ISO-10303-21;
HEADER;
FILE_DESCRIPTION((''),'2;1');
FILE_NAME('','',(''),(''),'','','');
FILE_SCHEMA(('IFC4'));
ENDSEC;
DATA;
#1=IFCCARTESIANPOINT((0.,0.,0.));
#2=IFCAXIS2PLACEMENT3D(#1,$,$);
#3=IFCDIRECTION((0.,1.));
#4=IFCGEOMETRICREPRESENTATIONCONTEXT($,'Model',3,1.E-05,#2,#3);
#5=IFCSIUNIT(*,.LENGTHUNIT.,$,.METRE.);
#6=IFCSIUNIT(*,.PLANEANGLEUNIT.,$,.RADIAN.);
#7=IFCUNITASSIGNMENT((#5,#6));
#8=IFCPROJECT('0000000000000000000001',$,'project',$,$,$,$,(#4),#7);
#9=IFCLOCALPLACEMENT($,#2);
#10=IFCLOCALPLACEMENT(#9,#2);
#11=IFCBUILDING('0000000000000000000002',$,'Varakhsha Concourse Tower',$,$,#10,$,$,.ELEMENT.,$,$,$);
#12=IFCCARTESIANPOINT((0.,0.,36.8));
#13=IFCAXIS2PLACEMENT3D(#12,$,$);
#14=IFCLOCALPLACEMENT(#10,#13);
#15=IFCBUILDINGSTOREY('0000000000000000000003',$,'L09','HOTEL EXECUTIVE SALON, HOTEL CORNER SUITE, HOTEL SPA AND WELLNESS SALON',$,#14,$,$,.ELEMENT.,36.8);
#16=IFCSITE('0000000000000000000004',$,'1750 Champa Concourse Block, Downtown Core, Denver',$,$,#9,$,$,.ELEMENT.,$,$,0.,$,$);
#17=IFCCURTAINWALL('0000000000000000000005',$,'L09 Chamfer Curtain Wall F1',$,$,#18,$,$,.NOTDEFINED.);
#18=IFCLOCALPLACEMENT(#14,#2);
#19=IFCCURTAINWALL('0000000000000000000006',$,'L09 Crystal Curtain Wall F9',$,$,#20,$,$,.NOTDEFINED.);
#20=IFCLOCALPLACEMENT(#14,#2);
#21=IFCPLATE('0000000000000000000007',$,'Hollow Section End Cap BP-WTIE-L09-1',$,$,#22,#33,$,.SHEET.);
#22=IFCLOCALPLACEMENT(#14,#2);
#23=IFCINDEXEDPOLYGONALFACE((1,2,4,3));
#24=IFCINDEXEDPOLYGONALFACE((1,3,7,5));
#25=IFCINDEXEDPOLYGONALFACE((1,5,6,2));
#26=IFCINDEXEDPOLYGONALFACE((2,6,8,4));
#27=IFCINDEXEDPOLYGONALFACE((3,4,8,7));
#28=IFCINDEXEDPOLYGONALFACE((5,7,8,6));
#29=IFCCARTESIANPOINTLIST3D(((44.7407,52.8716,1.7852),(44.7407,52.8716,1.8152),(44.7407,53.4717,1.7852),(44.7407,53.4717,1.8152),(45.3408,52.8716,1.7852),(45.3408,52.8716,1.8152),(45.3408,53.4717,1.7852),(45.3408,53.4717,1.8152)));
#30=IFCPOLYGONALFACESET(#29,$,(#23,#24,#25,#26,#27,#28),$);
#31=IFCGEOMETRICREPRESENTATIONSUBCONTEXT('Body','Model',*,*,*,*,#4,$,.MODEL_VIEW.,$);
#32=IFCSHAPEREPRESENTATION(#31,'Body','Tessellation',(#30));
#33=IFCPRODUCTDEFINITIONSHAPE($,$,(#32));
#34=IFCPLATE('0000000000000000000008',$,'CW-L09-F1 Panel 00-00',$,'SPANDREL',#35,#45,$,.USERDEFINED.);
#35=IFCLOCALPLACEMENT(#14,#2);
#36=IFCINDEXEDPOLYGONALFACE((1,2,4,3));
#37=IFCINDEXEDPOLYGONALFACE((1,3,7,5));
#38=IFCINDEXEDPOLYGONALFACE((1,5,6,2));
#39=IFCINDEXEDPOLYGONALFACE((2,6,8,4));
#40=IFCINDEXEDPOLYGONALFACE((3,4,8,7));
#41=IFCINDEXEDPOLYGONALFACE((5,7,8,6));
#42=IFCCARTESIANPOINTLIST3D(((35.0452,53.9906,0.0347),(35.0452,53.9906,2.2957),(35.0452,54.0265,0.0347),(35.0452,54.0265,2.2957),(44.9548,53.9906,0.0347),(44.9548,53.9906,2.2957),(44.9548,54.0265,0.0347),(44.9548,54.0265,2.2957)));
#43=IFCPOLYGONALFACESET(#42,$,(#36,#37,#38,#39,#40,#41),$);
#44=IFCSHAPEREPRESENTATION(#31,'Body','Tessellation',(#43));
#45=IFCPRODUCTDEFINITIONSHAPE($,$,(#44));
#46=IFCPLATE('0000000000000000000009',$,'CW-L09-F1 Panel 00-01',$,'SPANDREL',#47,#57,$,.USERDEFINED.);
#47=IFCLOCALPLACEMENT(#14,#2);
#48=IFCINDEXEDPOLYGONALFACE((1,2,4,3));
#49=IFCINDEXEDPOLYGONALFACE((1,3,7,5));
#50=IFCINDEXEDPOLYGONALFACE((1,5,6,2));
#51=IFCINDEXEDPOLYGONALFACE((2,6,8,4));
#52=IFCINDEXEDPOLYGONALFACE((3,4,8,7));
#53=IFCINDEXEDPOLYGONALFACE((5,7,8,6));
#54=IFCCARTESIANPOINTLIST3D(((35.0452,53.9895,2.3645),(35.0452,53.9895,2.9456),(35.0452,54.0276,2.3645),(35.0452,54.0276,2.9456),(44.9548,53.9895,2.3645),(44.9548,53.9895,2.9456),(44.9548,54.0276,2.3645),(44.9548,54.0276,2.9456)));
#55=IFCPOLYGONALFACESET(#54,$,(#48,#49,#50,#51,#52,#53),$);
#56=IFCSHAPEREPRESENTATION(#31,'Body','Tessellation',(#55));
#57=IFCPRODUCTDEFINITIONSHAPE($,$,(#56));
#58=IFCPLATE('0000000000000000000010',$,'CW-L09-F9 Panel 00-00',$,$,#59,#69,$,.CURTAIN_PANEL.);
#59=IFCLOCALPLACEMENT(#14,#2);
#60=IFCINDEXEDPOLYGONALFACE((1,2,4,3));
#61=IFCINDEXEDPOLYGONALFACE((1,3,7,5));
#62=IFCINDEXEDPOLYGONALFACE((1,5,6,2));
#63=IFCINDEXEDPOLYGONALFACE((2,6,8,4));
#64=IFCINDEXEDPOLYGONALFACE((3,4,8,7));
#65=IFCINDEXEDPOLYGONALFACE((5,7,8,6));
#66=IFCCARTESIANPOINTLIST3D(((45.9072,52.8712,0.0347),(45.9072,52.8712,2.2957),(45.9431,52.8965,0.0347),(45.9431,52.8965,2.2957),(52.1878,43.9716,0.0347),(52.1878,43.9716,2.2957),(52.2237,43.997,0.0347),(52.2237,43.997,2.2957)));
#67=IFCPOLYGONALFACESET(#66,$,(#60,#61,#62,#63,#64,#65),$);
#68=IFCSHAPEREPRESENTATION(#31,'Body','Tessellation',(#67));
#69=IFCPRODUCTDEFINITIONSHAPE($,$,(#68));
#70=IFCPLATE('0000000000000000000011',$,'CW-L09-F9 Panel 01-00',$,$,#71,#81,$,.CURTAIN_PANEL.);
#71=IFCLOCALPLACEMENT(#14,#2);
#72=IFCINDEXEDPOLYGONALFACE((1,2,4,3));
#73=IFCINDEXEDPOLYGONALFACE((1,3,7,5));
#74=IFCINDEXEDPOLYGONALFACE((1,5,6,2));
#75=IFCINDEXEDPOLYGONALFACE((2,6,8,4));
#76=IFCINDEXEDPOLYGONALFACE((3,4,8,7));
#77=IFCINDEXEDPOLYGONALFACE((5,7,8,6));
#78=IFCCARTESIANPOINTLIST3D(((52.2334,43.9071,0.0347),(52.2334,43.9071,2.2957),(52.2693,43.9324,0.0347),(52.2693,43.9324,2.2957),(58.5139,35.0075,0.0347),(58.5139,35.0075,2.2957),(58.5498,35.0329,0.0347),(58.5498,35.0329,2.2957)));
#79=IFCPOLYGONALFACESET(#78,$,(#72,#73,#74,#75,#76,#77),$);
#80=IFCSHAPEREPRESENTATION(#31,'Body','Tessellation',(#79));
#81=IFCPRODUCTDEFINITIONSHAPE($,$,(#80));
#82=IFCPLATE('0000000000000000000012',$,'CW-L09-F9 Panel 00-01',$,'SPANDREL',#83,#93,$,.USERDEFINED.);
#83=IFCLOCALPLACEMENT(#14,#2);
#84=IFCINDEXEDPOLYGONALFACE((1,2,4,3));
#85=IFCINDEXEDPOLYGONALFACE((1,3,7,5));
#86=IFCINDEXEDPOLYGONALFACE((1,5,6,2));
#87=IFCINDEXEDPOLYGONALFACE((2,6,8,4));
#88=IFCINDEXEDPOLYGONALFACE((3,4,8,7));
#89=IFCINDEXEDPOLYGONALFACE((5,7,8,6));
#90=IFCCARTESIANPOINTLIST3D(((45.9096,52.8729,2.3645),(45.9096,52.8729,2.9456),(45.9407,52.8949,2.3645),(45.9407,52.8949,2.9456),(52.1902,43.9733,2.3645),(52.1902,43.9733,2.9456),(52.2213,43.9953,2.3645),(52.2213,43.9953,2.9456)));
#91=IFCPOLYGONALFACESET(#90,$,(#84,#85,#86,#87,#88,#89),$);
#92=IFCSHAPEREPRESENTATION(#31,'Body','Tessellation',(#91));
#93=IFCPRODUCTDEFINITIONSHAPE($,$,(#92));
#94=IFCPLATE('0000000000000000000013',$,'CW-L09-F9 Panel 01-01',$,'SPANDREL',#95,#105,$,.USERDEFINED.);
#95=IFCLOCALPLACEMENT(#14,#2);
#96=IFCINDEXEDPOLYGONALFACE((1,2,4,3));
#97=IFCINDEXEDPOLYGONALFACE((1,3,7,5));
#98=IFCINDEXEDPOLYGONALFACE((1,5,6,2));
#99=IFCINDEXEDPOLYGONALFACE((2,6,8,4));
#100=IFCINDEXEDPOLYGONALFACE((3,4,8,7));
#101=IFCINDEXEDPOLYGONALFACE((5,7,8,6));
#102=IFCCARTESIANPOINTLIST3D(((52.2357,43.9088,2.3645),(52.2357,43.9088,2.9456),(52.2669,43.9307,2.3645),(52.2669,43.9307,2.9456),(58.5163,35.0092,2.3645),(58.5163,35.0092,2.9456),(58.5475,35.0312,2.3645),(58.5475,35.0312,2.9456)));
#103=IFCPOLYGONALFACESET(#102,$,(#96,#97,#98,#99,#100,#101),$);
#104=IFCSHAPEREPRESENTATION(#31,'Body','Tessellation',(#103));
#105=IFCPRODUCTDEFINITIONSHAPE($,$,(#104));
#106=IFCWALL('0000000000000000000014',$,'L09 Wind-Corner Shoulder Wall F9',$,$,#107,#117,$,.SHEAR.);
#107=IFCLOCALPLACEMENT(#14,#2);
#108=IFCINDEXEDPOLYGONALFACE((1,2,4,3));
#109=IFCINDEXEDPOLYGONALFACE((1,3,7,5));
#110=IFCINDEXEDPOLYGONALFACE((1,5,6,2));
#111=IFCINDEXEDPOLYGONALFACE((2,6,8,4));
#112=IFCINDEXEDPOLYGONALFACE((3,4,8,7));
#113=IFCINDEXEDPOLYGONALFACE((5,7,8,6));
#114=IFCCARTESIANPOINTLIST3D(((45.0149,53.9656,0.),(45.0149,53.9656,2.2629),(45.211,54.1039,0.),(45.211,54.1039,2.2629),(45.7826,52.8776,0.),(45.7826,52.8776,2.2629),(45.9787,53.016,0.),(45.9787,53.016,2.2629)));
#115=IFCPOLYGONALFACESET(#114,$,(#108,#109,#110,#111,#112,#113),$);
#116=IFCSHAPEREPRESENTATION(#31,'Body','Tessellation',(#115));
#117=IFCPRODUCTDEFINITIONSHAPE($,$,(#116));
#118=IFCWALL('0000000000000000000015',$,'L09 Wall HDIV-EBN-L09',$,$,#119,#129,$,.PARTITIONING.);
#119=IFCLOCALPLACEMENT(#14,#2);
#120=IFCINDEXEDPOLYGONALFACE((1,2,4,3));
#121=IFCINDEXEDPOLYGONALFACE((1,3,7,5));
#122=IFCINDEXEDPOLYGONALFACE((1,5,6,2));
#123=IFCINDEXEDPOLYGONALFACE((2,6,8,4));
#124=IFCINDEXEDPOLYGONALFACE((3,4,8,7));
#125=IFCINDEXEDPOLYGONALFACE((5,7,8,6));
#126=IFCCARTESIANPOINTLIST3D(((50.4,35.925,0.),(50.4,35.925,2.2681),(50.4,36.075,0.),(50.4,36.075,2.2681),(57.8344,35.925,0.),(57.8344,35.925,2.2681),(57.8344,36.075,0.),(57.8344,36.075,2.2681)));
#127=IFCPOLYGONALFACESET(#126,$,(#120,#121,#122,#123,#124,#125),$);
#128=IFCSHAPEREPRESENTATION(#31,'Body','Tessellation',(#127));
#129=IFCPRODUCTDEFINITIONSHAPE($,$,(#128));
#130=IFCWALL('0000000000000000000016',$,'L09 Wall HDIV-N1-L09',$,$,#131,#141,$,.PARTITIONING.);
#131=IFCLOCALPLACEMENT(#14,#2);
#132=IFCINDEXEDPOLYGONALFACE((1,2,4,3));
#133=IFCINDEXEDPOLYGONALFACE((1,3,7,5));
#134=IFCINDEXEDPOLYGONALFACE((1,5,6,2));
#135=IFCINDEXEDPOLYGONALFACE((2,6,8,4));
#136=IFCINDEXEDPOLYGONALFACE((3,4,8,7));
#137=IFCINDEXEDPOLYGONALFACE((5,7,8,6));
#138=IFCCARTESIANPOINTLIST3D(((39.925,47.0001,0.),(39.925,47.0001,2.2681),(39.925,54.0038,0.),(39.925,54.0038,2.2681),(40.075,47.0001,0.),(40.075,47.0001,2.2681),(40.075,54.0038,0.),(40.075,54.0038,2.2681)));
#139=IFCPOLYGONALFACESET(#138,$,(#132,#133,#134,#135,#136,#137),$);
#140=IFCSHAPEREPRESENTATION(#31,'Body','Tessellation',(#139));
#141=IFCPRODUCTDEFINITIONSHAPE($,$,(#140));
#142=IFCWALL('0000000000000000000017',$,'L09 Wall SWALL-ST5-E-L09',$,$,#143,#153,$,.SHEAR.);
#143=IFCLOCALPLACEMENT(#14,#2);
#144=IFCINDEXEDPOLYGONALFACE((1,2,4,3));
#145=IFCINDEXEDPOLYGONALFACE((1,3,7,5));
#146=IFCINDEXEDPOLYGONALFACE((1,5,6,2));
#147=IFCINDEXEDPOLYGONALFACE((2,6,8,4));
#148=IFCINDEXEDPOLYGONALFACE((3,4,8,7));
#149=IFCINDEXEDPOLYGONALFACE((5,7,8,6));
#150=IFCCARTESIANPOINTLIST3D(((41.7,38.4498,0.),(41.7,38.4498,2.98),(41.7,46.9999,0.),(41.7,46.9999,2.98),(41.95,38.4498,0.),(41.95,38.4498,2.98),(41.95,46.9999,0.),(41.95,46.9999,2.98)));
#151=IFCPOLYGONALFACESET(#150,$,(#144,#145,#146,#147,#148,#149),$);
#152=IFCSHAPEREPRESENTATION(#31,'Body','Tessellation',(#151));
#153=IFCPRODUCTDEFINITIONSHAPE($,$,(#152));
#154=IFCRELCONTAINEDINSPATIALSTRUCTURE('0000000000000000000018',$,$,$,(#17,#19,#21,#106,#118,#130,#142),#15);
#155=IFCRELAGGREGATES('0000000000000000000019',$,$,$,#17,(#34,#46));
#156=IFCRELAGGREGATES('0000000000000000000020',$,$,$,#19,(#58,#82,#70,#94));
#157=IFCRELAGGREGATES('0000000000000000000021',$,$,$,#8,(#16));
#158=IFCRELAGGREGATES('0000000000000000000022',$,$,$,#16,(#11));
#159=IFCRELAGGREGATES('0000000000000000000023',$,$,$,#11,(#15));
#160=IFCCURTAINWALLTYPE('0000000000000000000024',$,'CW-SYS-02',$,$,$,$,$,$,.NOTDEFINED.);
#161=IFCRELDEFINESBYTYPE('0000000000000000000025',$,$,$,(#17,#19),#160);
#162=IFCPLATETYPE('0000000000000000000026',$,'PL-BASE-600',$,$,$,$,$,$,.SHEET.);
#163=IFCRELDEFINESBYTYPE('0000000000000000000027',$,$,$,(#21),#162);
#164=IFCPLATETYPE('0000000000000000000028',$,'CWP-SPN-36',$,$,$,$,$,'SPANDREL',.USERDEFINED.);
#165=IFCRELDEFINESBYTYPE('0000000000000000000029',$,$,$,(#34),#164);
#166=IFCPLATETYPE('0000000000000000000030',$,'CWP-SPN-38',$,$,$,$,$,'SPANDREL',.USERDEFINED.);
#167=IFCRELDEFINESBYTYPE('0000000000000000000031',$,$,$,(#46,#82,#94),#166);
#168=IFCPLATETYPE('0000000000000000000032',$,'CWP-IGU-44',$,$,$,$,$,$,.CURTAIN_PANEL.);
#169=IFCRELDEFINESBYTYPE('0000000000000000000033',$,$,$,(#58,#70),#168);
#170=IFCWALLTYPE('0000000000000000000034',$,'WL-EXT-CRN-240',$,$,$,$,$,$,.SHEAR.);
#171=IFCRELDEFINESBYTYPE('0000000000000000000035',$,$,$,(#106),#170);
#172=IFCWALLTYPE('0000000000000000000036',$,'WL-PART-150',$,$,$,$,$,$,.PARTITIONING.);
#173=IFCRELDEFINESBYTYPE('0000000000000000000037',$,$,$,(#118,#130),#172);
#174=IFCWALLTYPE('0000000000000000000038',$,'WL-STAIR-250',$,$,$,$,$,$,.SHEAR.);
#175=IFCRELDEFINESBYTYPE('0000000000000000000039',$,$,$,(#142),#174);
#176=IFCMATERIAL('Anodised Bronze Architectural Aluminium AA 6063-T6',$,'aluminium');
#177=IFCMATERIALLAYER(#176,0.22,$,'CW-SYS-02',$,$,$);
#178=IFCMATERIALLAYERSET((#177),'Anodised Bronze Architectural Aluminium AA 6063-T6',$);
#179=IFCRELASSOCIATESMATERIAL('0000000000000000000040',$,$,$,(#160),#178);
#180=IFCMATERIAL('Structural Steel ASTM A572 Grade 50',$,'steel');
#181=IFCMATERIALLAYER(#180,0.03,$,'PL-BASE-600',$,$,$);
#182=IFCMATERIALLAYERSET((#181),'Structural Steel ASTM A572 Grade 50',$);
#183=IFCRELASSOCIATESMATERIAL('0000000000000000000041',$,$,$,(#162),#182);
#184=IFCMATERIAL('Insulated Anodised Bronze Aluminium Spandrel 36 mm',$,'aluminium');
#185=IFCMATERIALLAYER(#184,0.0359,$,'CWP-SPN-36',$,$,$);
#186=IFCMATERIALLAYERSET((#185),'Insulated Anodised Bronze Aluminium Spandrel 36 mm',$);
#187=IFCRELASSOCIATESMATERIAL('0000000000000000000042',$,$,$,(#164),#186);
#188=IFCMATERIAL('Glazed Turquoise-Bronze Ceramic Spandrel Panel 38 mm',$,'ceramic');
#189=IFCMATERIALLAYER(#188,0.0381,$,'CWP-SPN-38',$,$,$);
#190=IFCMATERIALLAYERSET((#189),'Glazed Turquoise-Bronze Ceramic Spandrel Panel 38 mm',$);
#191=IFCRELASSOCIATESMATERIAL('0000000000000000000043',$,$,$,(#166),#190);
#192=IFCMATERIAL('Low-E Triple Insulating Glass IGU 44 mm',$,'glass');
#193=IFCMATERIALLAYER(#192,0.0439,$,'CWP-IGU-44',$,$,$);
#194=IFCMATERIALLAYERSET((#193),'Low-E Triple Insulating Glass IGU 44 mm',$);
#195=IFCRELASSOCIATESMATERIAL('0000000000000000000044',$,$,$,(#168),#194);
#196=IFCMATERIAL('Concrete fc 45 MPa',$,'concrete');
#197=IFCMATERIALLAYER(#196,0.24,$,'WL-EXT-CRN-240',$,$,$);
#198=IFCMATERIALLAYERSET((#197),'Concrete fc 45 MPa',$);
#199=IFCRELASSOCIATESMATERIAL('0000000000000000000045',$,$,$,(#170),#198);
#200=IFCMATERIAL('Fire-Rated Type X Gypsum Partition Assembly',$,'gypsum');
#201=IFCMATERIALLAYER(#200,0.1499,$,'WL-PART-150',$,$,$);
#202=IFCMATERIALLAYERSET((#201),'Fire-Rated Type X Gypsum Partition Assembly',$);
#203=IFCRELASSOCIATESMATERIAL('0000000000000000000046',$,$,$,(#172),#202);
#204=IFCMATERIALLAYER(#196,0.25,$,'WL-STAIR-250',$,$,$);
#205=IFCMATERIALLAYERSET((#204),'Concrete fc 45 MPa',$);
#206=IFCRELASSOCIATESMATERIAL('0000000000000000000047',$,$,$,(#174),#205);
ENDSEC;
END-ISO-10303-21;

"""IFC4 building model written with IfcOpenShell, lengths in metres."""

from ifc_helpers import new_model, si_unit, direction, frame, frame_2d, origin, origin_2d, place, context, subcontext, project, spatial, rectangle, extrude, source, transform, mapped, material, layer, layer_set, type_object, type_shapes, element, aggregate, save


model = new_model("IFC4")

# Units and contexts
model_context = context("Model", 3, precision=1e-05, world=origin(), true_north=direction((0.0, 1.0)))
body_context = subcontext(model_context, "Body", "Model", "MODEL_VIEW")
ifc_project = project(units=[si_unit("LENGTHUNIT", "METRE"), si_unit("PLANEANGLEUNIT", "RADIAN")], contexts=[model_context])

# Site, building, storey
site_placement = place(None, origin())
site = spatial("IfcSite", under=ifc_project, at=site_placement, Name="1750 Champa Concourse Block, Downtown Core, Denver", CompositionType="ELEMENT", RefElevation=0.0)
building_placement = place(site_placement, origin())
building = spatial("IfcBuilding", under=site, at=building_placement, Name="Varakhsha Concourse Tower", CompositionType="ELEMENT")
storey_placement = place(building_placement, frame((0.0, 0.0, 36.8)))
storey = spatial("IfcBuildingStorey", under=building, at=storey_placement, Name="L09", Description="HOTEL EXECUTIVE SALON, HOTEL CORNER SUITE, HOTEL SPA AND WELLNESS SALON", CompositionType="ELEMENT", Elevation=36.8)

# Shared definitions
ifc_material_1 = material(Name="Structural Steel ASTM A572 Grade 50", Category="steel")

# Curtain wall
ifc_material_2 = material(Name="Anodised Bronze Architectural Aluminium AA 6063-T6", Category="aluminium")
ifc_layer_1 = layer(ifc_material_2, 0.22, Name="CW-SYS-02")
ifc_layer_set_1 = layer_set([ifc_layer_1], Name="Anodised Bronze Architectural Aluminium AA 6063-T6")
curtain_wall_type = type_object("IfcCurtainWallType", Name="CW-SYS-02", PredefinedType="NOTDEFINED", material=ifc_layer_set_1)
curtain_wall_1_placement = place(storey_placement, origin())
curtain_wall_1 = element("IfcCurtainWall", 1, at=curtain_wall_1_placement, inside=storey, type_object=curtain_wall_type, Name="L09 Chamfer Curtain Wall F1", PredefinedType="NOTDEFINED")

# Curtain wall
curtain_wall_2_placement = place(storey_placement, origin())
curtain_wall_2 = element("IfcCurtainWall", 2, at=curtain_wall_2_placement, inside=storey, type_object=curtain_wall_type, Name="L09 Crystal Curtain Wall F9", PredefinedType="NOTDEFINED")

# Plate
ifc_layer_2 = layer(ifc_material_1, 0.03, Name="PL-BASE-600")
ifc_layer_set_2 = layer_set([ifc_layer_2], Name="Structural Steel ASTM A572 Grade 50")
plate_type_1 = type_object("IfcPlateType", Name="PL-BASE-600", PredefinedType="SHEET", material=ifc_layer_set_2)
shared_shape_1 = source(origin(), body_context, "Body", "SweptSolid", [
    extrude(rectangle(XDim=0.6001, YDim=0.6001, at=origin_2d()), origin(), (0.0, 0.0, 1.0), 0.03),
])
type_shapes(plate_type_1, [shared_shape_1])
plate_1_placement = place(storey_placement, frame((45.0408, 53.1716, 1.7852), z_axis=(0.0, 0.0, 1.0), x_axis=(1.0, 0.0, 0.0)))
element("IfcPlate", 3, at=plate_1_placement, inside=storey, type_object=plate_type_1, Name="Hollow Section End Cap BP-WTIE-L09-1", PredefinedType="SHEET", context=body_context, shape_type="MappedRepresentation", body=[
    mapped(shared_shape_1, transform((0.0, 0.0, 0.0), scale=1.0)),
])

# Plates
ifc_material_3 = material(Name="Insulated Anodised Bronze Aluminium Spandrel 36 mm", Category="aluminium")
ifc_layer_3 = layer(ifc_material_3, 0.0359, Name="CWP-SPN-36")
ifc_layer_set_3 = layer_set([ifc_layer_3], Name="Insulated Anodised Bronze Aluminium Spandrel 36 mm")
plate_type_2 = type_object("IfcPlateType", Name="CWP-SPN-36", ElementType="SPANDREL", PredefinedType="USERDEFINED", material=ifc_layer_set_3)
shared_shape_2 = source(origin(), body_context, "Body", "SweptSolid", [
    extrude(rectangle(XDim=9.9097, YDim=0.0359, at=origin_2d()), origin(), (0.0, 0.0, 1.0), 2.261),
])
type_shapes(plate_type_2, [shared_shape_2])
plate_2_placement = place(storey_placement, frame((40.0, 54.0085, 0.0347), z_axis=(0.0, 0.0, 1.0), x_axis=(1.0, 0.0, 0.0)))
plate_2 = element("IfcPlate", 4, at=plate_2_placement, type_object=plate_type_2, Name="CW-L09-F1 Panel 00-00", ObjectType="SPANDREL", PredefinedType="USERDEFINED", context=body_context, shape_type="MappedRepresentation", body=[
    mapped(shared_shape_2, transform((0.0, 0.0, 0.0), scale=1.0)),
])
ifc_material_4 = material(Name="Glazed Turquoise-Bronze Ceramic Spandrel Panel 38 mm", Category="ceramic")
ifc_layer_4 = layer(ifc_material_4, 0.0381, Name="CWP-SPN-38")
ifc_layer_set_4 = layer_set([ifc_layer_4], Name="Glazed Turquoise-Bronze Ceramic Spandrel Panel 38 mm")
plate_type_3 = type_object("IfcPlateType", Name="CWP-SPN-38", ElementType="SPANDREL", PredefinedType="USERDEFINED", material=ifc_layer_set_4)
shared_shape_3 = source(origin(), body_context, "Body", "SweptSolid", [
    extrude(rectangle(XDim=9.9097, YDim=0.0381, at=origin_2d()), origin(), (0.0, 0.0, 1.0), 0.5811),
])
plate_3_placement = place(storey_placement, frame((40.0, 54.0085, 2.3645), z_axis=(0.0, 0.0, 1.0), x_axis=(1.0, 0.0, 0.0)))
plate_3 = element("IfcPlate", 5, at=plate_3_placement, type_object=plate_type_3, Name="CW-L09-F1 Panel 00-01", ObjectType="SPANDREL", PredefinedType="USERDEFINED", context=body_context, shape_type="MappedRepresentation", body=[
    mapped(shared_shape_3, transform((0.0, 0.0, 0.0), scale=1.0)),
])
aggregate(curtain_wall_1, [plate_2, plate_3])
ifc_material_5 = material(Name="Low-E Triple Insulating Glass IGU 44 mm", Category="glass")
ifc_layer_5 = layer(ifc_material_5, 0.0439, Name="CWP-IGU-44")
ifc_layer_set_5 = layer_set([ifc_layer_5], Name="Low-E Triple Insulating Glass IGU 44 mm")
plate_type_4 = type_object("IfcPlateType", Name="CWP-IGU-44", PredefinedType="CURTAIN_PANEL", material=ifc_layer_set_5)
shared_shape_4 = source(origin(), body_context, "Body", "SweptSolid", [
    extrude(rectangle(XDim=10.8926, YDim=0.0439, at=origin_2d()), origin(), (0.0, 0.0, 1.0), 2.261),
])
type_shapes(plate_type_4, [shared_shape_4])
plate_4_placement = place(storey_placement, frame((49.0654, 48.4341, 0.0347), z_axis=(0.0, 0.0, 1.0), x_axis=(0.576593, -0.817031, 0.0)))
plate_4 = element("IfcPlate", 6, at=plate_4_placement, type_object=plate_type_4, Name="CW-L09-F9 Panel 00-00", PredefinedType="CURTAIN_PANEL", context=body_context, shape_type="MappedRepresentation", body=[
    mapped(shared_shape_4, transform((0.0, 0.0, 0.0), scale=1.0)),
])
plate_5_placement = place(storey_placement, frame((55.3916, 39.47, 0.0347), z_axis=(0.0, 0.0, 1.0), x_axis=(0.576593, -0.817031, 0.0)))
plate_5 = element("IfcPlate", 7, at=plate_5_placement, type_object=plate_type_4, Name="CW-L09-F9 Panel 01-00", PredefinedType="CURTAIN_PANEL", context=body_context, shape_type="MappedRepresentation", body=[
    mapped(shared_shape_4, transform((0.0, 0.0, 0.0), scale=1.0)),
])
shared_shape_5 = source(origin(), body_context, "Body", "SweptSolid", [
    extrude(rectangle(XDim=10.8926, YDim=0.0381, at=origin_2d()), origin(), (0.0, 0.0, 1.0), 0.5811),
])
type_shapes(plate_type_3, [shared_shape_3, shared_shape_5])
plate_6_placement = place(storey_placement, frame((49.0654, 48.4341, 2.3645), z_axis=(0.0, 0.0, 1.0), x_axis=(0.576593, -0.817031, 0.0)))
plate_6 = element("IfcPlate", 8, at=plate_6_placement, type_object=plate_type_3, Name="CW-L09-F9 Panel 00-01", ObjectType="SPANDREL", PredefinedType="USERDEFINED", context=body_context, shape_type="MappedRepresentation", body=[
    mapped(shared_shape_5, transform((0.0, 0.0, 0.0), scale=1.0)),
])
plate_7_placement = place(storey_placement, frame((55.3916, 39.47, 2.3645), z_axis=(0.0, 0.0, 1.0), x_axis=(0.576593, -0.817031, 0.0)))
plate_7 = element("IfcPlate", 9, at=plate_7_placement, type_object=plate_type_3, Name="CW-L09-F9 Panel 01-01", ObjectType="SPANDREL", PredefinedType="USERDEFINED", context=body_context, shape_type="MappedRepresentation", body=[
    mapped(shared_shape_5, transform((0.0, 0.0, 0.0), scale=1.0)),
])
aggregate(curtain_wall_2, [plate_4, plate_6, plate_5, plate_7])

# Walls
ifc_material_6 = material(Name="Concrete fc 45 MPa", Category="concrete")
ifc_layer_6 = layer(ifc_material_6, 0.24, Name="WL-EXT-CRN-240")
ifc_layer_set_6 = layer_set([ifc_layer_6], Name="Concrete fc 45 MPa")
wall_type_1 = type_object("IfcWallType", Name="WL-EXT-CRN-240", PredefinedType="SHEAR", material=ifc_layer_set_6)
wall_1_placement = place(storey_placement, frame((45.8806, 52.9468, 0.0), z_axis=(0.0, 0.0, 1.0), x_axis=(-0.57651, 0.81709, 0.0)))
element("IfcWall", 10, at=wall_1_placement, inside=storey, type_object=wall_type_1, Name="L09 Wind-Corner Shoulder Wall F9", PredefinedType="SHEAR", context=body_context, shape_type="SweptSolid", body=[
    extrude(rectangle(XDim=1.3315, YDim=0.24, at=frame_2d((0.6658, 0.0))), origin(), (0.0, 0.0, 1.0), 2.2629),
])
ifc_material_7 = material(Name="Fire-Rated Type X Gypsum Partition Assembly", Category="gypsum")
ifc_layer_7 = layer(ifc_material_7, 0.1499, Name="WL-PART-150")
ifc_layer_set_7 = layer_set([ifc_layer_7], Name="Fire-Rated Type X Gypsum Partition Assembly")
wall_type_2 = type_object("IfcWallType", Name="WL-PART-150", PredefinedType="PARTITIONING", material=ifc_layer_set_7)
wall_2_placement = place(storey_placement, frame((50.3999, 36.0, 0.0), z_axis=(0.0, 0.0, 1.0), x_axis=(1.0, 0.0, 0.0)))
element("IfcWall", 11, at=wall_2_placement, inside=storey, type_object=wall_type_2, Name="L09 Wall HDIV-EBN-L09", PredefinedType="PARTITIONING", context=body_context, shape_type="SweptSolid", body=[
    extrude(rectangle(XDim=7.4343, YDim=0.1499, at=frame_2d((3.7173, 0.0))), origin(), (0.0, 0.0, 1.0), 2.2681),
])
wall_3_placement = place(storey_placement, frame((40.0, 47.0, 0.0), z_axis=(0.0, 0.0, 1.0), x_axis=(0.0, 1.0, 0.0)))
element("IfcWall", 12, at=wall_3_placement, inside=storey, type_object=wall_type_2, Name="L09 Wall HDIV-N1-L09", PredefinedType="PARTITIONING", context=body_context, shape_type="SweptSolid", body=[
    extrude(rectangle(XDim=7.0037, YDim=0.1499, at=frame_2d((3.502, 0.0))), origin(), (0.0, 0.0, 1.0), 2.2681),
])
ifc_layer_8 = layer(ifc_material_6, 0.25, Name="WL-STAIR-250")
ifc_layer_set_8 = layer_set([ifc_layer_8], Name="Concrete fc 45 MPa")
wall_type_3 = type_object("IfcWallType", Name="WL-STAIR-250", PredefinedType="SHEAR", material=ifc_layer_set_8)
wall_4_placement = place(storey_placement, frame((41.825, 38.45, 0.0), z_axis=(0.0, 0.0, 1.0), x_axis=(0.0, 1.0, 0.0)))
element("IfcWall", 13, at=wall_4_placement, inside=storey, type_object=wall_type_3, Name="L09 Wall SWALL-ST5-E-L09", PredefinedType="SHEAR", context=body_context, shape_type="SweptSolid", body=[
    extrude(rectangle(XDim=8.55, YDim=0.25, at=frame_2d((4.2749, 0.0))), origin(), (0.0, 0.0, 1.0), 2.98),
])

save(model, "model.ifc")
